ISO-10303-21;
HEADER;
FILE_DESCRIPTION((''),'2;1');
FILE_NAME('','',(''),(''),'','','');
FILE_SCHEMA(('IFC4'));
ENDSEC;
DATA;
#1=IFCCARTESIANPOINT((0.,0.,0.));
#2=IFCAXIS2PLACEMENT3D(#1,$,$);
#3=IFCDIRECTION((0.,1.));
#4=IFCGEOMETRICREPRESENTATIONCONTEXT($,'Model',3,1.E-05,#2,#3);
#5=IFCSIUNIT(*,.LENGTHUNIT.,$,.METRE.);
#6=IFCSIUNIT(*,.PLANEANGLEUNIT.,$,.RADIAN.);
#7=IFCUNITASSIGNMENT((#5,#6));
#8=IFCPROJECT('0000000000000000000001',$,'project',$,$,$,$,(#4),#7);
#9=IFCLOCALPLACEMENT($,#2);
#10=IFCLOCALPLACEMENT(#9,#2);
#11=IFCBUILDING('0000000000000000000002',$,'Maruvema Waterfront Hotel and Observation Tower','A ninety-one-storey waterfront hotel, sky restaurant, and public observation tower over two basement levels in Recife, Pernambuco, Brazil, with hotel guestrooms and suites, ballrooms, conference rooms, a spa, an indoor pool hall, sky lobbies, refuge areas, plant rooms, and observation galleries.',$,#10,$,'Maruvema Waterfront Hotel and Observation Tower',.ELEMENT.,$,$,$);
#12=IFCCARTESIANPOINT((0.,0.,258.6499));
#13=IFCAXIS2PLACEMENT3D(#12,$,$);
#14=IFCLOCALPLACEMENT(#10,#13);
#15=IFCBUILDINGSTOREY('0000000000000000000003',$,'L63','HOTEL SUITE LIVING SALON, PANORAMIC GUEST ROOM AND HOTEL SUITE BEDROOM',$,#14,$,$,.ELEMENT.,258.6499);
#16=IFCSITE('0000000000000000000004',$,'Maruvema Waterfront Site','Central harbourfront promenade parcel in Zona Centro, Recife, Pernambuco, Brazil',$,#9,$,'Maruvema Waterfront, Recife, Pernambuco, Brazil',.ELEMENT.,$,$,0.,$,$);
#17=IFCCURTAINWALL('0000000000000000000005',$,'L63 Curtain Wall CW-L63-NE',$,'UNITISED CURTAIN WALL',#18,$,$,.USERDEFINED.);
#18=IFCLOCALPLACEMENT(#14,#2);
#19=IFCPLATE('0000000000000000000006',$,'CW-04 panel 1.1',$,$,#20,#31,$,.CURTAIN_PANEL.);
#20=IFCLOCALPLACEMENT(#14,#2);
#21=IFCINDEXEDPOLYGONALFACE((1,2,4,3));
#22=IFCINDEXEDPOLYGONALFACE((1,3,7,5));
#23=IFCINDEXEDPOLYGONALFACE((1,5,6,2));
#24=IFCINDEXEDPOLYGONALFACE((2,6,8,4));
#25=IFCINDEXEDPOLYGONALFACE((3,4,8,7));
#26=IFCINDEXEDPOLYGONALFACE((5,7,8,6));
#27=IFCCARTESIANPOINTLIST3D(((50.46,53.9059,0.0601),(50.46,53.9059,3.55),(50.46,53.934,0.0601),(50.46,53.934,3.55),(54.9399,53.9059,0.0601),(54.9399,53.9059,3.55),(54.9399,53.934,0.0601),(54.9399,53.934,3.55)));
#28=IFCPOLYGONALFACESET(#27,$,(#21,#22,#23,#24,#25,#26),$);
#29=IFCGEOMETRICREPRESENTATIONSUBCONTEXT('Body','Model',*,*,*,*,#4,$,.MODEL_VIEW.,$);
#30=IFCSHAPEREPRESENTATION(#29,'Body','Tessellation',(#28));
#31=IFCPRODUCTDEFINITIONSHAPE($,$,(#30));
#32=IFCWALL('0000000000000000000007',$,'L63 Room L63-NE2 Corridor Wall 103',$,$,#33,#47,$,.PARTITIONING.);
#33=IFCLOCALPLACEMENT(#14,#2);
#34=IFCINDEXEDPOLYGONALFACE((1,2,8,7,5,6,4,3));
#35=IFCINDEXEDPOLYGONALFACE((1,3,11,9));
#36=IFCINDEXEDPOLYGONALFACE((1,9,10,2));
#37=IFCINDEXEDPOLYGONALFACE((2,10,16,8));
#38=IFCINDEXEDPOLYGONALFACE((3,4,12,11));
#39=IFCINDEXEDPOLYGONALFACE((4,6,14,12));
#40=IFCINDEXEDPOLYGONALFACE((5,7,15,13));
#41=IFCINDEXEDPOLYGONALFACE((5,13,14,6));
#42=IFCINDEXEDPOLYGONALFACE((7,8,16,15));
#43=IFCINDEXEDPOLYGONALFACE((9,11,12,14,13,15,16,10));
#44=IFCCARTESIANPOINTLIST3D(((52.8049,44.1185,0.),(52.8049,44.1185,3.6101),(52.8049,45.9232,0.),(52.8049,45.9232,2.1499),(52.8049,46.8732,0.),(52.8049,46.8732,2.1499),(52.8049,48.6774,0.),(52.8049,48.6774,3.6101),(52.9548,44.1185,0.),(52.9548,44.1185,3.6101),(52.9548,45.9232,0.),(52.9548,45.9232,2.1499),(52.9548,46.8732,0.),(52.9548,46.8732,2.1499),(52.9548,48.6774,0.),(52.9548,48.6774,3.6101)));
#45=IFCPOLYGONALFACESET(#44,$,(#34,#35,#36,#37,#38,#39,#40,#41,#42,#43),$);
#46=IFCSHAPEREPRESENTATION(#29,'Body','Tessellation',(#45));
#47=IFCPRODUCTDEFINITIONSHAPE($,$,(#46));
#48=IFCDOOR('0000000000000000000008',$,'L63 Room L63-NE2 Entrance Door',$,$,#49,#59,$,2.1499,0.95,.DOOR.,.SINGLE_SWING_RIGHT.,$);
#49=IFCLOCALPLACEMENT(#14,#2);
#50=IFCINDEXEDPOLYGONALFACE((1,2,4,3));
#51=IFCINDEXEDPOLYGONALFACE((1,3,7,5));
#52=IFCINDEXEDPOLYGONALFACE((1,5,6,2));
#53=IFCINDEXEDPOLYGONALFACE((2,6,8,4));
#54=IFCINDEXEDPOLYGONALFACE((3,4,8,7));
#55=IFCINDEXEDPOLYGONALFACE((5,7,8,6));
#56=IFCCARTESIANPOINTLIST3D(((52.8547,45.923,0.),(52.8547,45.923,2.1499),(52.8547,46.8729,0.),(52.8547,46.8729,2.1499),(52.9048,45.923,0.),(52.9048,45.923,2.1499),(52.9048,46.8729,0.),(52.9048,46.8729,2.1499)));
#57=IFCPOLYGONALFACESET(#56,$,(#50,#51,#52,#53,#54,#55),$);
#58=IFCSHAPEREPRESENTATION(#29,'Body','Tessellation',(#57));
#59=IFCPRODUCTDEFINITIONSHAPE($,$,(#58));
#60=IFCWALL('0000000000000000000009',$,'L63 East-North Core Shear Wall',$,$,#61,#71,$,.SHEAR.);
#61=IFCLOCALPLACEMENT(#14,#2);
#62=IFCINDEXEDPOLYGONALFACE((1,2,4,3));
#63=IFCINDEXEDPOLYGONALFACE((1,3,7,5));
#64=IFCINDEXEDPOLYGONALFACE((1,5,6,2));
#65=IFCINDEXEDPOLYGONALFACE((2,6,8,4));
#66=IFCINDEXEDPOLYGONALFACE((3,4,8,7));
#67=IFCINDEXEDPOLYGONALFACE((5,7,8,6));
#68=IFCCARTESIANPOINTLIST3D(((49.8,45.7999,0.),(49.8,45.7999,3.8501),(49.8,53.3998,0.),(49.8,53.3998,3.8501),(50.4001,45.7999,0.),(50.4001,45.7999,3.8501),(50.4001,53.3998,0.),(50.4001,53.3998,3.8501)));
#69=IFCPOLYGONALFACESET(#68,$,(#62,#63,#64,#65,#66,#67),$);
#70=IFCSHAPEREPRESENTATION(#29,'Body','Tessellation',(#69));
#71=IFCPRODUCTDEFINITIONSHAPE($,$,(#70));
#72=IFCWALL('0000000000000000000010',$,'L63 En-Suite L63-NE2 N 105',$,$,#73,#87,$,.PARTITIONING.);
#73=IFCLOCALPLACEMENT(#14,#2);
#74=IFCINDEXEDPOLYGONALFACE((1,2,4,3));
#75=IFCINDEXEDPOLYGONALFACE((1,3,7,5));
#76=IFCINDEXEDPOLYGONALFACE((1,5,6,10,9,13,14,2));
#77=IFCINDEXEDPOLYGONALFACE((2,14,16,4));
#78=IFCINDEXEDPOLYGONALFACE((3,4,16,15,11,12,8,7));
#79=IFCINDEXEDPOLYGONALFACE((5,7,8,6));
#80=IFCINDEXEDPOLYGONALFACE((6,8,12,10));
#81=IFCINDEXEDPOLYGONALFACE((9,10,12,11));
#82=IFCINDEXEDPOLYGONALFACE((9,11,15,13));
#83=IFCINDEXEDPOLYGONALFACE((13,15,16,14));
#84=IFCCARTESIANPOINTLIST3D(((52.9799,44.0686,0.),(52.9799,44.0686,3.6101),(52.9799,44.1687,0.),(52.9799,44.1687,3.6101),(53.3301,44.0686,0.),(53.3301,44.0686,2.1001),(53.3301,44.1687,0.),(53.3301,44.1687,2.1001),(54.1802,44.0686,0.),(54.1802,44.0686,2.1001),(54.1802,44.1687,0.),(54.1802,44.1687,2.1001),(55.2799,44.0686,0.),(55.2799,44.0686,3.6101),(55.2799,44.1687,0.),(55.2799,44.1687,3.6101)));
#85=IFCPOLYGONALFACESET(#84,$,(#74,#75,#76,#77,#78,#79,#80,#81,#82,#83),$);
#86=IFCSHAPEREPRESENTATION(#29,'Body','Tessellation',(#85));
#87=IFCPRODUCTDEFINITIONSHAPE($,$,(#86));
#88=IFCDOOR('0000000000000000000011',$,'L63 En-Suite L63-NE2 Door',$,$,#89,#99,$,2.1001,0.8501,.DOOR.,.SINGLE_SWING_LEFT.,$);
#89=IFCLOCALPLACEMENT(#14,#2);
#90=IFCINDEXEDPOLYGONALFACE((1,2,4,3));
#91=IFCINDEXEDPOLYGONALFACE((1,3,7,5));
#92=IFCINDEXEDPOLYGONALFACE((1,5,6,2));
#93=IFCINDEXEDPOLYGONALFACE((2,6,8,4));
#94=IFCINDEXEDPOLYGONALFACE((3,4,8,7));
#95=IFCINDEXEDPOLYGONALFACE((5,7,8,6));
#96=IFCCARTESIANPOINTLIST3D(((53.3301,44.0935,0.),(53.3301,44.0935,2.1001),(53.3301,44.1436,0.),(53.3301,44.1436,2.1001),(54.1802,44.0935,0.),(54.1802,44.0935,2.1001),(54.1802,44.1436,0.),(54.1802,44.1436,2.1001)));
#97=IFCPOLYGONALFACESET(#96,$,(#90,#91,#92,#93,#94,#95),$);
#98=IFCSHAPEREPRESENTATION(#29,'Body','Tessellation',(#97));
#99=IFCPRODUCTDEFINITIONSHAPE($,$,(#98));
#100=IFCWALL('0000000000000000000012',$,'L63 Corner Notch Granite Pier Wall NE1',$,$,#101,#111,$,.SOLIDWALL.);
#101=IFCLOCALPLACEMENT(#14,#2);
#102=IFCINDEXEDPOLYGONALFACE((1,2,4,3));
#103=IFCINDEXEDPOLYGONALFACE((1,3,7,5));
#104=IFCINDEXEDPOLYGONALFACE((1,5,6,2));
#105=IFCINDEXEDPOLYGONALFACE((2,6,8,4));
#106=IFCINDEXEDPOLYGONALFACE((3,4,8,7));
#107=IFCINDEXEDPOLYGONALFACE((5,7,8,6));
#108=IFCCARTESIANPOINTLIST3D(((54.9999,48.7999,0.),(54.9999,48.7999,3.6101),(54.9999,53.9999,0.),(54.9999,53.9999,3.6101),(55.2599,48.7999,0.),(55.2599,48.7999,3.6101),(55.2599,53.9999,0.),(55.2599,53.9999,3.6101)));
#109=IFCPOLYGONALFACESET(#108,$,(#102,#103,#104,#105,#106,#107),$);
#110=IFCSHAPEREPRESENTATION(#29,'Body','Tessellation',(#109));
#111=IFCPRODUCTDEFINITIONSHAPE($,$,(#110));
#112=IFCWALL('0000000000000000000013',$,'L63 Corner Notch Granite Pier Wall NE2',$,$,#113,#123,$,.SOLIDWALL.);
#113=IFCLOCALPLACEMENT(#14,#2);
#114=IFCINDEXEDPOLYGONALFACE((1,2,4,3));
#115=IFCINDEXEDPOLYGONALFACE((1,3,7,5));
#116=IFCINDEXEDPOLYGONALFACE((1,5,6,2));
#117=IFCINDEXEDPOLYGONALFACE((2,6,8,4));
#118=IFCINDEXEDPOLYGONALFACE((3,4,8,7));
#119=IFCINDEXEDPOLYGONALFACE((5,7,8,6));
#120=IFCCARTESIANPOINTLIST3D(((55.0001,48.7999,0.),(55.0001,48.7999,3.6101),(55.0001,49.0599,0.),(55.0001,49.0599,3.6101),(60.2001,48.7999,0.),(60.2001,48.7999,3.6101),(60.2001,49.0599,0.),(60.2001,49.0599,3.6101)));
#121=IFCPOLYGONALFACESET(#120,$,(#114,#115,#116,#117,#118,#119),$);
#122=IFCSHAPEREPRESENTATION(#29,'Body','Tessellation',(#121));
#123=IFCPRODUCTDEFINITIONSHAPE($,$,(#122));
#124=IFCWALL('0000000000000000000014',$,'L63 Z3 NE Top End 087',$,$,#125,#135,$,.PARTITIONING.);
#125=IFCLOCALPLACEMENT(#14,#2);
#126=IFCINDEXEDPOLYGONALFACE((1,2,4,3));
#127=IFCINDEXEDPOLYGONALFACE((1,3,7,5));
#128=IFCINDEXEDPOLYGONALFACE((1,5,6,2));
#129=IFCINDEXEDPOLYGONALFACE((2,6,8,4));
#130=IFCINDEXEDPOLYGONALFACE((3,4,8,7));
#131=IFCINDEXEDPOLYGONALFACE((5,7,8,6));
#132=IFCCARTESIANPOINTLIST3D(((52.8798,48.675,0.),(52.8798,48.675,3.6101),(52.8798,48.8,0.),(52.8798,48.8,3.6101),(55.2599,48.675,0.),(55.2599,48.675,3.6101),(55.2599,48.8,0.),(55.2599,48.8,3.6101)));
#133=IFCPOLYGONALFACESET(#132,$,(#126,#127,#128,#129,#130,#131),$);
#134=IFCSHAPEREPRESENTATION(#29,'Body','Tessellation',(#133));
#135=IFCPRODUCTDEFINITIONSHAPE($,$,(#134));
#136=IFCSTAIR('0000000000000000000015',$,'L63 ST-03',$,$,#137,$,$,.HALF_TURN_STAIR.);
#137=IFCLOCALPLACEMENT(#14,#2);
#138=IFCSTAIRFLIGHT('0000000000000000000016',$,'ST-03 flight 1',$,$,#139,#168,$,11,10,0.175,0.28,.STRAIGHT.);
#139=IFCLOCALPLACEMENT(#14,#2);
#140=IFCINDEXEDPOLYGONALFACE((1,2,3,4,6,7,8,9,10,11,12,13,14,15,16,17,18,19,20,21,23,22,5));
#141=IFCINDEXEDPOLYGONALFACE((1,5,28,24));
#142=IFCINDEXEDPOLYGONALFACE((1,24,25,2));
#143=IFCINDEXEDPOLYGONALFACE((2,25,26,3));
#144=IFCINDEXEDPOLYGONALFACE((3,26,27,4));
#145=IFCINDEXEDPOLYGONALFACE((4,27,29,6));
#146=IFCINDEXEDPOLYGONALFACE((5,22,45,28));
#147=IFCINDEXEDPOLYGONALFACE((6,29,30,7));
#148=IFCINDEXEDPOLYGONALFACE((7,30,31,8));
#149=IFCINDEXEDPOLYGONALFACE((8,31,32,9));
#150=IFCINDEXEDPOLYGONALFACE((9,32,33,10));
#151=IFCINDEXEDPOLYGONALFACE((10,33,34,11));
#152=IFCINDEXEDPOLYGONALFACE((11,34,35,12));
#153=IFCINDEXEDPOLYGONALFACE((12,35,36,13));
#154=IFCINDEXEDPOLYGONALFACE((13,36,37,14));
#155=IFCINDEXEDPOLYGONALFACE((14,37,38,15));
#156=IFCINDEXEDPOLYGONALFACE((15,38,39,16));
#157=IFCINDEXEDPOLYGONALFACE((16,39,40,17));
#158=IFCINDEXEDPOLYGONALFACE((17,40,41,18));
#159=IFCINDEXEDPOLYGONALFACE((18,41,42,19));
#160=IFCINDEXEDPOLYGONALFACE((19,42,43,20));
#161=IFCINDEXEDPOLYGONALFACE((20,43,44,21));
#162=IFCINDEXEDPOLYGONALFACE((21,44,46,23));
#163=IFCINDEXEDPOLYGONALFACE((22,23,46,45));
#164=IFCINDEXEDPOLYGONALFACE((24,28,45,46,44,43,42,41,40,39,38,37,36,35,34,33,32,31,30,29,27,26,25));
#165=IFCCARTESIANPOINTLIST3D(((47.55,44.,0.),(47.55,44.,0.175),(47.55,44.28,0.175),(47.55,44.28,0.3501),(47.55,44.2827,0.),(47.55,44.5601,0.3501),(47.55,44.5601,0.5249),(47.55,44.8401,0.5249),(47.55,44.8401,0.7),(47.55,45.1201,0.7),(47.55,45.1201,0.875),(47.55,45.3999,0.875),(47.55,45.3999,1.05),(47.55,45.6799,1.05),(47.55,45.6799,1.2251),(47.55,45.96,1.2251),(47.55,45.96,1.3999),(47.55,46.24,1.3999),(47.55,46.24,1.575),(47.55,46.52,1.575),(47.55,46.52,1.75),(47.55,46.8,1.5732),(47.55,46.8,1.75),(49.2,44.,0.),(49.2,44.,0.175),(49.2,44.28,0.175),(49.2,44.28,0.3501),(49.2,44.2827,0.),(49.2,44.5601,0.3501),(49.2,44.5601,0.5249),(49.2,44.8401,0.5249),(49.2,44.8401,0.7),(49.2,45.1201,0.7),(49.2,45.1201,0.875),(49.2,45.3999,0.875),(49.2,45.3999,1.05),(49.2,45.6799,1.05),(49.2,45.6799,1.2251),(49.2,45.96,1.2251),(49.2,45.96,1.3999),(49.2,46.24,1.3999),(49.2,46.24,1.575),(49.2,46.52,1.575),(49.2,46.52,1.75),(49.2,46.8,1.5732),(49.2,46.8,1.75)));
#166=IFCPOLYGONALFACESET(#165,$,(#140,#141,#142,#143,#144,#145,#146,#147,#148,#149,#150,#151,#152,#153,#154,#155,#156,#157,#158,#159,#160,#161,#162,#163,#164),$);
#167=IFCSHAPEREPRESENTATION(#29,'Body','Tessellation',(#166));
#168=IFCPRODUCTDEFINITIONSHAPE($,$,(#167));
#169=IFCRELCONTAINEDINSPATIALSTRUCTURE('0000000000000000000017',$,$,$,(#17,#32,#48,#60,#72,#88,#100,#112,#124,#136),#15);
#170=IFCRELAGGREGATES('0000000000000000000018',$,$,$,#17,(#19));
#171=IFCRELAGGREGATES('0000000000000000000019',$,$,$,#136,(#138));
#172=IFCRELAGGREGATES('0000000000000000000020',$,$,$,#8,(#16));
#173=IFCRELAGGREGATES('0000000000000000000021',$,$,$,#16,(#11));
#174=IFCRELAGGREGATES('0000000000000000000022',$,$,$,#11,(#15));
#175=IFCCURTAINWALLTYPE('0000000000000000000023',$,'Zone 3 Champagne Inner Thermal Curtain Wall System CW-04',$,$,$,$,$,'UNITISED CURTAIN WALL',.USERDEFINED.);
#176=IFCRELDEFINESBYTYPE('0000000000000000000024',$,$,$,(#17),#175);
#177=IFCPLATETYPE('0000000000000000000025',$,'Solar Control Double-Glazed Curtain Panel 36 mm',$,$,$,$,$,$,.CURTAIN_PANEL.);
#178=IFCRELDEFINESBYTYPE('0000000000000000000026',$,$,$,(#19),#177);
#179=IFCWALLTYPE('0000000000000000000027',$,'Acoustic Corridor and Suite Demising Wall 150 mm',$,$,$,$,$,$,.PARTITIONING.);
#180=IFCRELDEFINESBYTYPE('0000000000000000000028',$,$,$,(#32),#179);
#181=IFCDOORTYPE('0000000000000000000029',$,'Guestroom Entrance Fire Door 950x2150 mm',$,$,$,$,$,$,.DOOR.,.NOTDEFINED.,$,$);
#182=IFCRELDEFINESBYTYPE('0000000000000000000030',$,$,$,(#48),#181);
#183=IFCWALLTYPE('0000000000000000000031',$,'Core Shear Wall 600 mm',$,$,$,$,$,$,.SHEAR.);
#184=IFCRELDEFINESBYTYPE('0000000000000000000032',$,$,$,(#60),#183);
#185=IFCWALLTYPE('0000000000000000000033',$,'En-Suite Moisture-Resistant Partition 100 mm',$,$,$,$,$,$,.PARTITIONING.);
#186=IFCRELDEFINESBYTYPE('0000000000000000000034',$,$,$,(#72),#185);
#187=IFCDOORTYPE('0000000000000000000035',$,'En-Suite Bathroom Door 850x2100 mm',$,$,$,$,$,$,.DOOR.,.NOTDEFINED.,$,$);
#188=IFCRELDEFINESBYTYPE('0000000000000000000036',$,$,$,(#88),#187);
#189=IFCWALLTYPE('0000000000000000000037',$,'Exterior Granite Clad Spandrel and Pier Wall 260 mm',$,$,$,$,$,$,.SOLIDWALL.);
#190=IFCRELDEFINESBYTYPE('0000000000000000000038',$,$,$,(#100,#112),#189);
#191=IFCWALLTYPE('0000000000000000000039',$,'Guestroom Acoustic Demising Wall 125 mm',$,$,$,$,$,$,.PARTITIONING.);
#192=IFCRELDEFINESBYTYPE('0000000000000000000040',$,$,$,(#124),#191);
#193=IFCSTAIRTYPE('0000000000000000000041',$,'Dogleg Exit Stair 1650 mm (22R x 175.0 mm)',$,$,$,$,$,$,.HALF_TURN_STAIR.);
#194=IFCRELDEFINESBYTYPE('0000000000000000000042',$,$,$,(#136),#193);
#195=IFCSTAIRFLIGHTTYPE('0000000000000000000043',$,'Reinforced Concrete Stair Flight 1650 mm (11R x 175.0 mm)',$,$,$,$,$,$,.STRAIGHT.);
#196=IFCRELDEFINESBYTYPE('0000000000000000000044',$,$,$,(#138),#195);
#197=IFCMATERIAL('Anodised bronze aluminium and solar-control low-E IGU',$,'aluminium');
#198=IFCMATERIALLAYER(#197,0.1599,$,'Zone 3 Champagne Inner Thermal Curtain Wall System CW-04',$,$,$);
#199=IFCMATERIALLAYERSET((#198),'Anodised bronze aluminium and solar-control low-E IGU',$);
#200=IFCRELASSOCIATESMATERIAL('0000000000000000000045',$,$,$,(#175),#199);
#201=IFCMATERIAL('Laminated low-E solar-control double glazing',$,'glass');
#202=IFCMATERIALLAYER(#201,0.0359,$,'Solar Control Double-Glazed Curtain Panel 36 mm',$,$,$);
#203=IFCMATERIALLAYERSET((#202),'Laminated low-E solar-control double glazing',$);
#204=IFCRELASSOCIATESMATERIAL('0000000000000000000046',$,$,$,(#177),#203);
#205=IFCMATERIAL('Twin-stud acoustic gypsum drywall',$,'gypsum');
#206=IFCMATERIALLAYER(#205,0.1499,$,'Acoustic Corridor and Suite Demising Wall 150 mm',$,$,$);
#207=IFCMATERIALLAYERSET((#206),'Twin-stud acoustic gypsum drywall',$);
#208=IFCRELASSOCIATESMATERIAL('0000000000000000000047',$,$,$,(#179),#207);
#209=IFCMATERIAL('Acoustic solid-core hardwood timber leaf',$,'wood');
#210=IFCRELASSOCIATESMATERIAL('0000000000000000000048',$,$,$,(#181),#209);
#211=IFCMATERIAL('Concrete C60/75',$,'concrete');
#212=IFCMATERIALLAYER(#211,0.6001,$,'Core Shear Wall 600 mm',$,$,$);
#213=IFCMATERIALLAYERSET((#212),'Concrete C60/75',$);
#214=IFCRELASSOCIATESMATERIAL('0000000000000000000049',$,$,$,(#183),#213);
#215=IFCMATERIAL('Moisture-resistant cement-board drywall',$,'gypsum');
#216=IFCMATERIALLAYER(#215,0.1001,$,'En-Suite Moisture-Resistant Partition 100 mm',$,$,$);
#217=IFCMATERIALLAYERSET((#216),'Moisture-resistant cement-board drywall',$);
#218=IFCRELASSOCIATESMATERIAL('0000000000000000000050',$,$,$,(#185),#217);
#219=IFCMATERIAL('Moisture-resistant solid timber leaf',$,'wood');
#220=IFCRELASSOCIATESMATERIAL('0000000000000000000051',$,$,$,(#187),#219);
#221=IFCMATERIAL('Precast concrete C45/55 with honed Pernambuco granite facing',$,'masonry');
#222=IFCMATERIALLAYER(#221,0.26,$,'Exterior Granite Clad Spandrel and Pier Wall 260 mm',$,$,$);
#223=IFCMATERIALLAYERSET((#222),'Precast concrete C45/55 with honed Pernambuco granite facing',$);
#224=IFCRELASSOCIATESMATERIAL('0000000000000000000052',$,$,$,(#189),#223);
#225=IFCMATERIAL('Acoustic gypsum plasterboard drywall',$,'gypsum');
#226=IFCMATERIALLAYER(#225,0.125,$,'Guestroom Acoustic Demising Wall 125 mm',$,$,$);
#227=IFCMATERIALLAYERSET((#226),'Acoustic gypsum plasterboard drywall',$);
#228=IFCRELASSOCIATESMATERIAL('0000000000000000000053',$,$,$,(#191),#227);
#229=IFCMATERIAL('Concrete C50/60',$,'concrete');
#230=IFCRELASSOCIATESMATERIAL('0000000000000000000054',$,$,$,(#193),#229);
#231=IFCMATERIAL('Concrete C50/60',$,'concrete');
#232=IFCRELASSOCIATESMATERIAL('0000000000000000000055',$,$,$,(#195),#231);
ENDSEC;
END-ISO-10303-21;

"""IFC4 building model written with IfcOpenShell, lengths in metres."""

from ifc_helpers import new_model, si_unit, direction, frame, frame_2d, origin, origin_2d, place, context, subcontext, project, spatial, polyline, rectangle, outline, extrude, material, layer, layer_set, type_object, element, fill, aggregate, save


model = new_model("IFC4")

# Units and contexts
model_context = context("Model", 3, precision=1e-05, world=origin(), true_north=direction((0.0, 1.0)))
body_context = subcontext(model_context, "Body", "Model", "MODEL_VIEW")
ifc_project = project(units=[si_unit("LENGTHUNIT", "METRE"), si_unit("PLANEANGLEUNIT", "RADIAN")], contexts=[model_context])

# Site, building, storey
site_placement = place(None, origin())
site = spatial("IfcSite", under=ifc_project, at=site_placement, Name="Maruvema Waterfront Site", Description="Central harbourfront promenade parcel in Zona Centro, Recife, Pernambuco, Brazil", LongName="Maruvema Waterfront, Recife, Pernambuco, Brazil", CompositionType="ELEMENT", RefElevation=0.0)
building_placement = place(site_placement, origin())
building = spatial("IfcBuilding", under=site, at=building_placement, Name="Maruvema Waterfront Hotel and Observation Tower", Description="A ninety-one-storey waterfront hotel, sky restaurant, and public observation tower over two basement levels in Recife, Pernambuco, Brazil, with hotel guestrooms and suites, ballrooms, conference rooms, a spa, an indoor pool hall, sky lobbies, refuge areas, plant rooms, and observation galleries.", LongName="Maruvema Waterfront Hotel and Observation Tower", CompositionType="ELEMENT")
storey_placement = place(building_placement, frame((0.0, 0.0, 258.6499)))
storey = spatial("IfcBuildingStorey", under=building, at=storey_placement, Name="L63", Description="HOTEL SUITE LIVING SALON, PANORAMIC GUEST ROOM AND HOTEL SUITE BEDROOM", CompositionType="ELEMENT", Elevation=258.6499)

# Curtain wall
ifc_material_1 = material(Name="Anodised bronze aluminium and solar-control low-E IGU", Category="aluminium")
ifc_layer_1 = layer(ifc_material_1, 0.1599, Name="Zone 3 Champagne Inner Thermal Curtain Wall System CW-04")
ifc_layer_set_1 = layer_set([ifc_layer_1], Name="Anodised bronze aluminium and solar-control low-E IGU")
curtain_wall_type = type_object("IfcCurtainWallType", Name="Zone 3 Champagne Inner Thermal Curtain Wall System CW-04", ElementType="UNITISED CURTAIN WALL", PredefinedType="USERDEFINED", material=ifc_layer_set_1)
curtain_wall_1_placement = place(storey_placement, origin())
curtain_wall_1 = element("IfcCurtainWall", 1, at=curtain_wall_1_placement, inside=storey, type_object=curtain_wall_type, Name="L63 Curtain Wall CW-L63-NE", ObjectType="UNITISED CURTAIN WALL", PredefinedType="USERDEFINED")

# Plate
ifc_material_2 = material(Name="Laminated low-E solar-control double glazing", Category="glass")
ifc_layer_2 = layer(ifc_material_2, 0.0359, Name="Solar Control Double-Glazed Curtain Panel 36 mm")
ifc_layer_set_2 = layer_set([ifc_layer_2], Name="Laminated low-E solar-control double glazing")
plate_type = type_object("IfcPlateType", Name="Solar Control Double-Glazed Curtain Panel 36 mm", PredefinedType="CURTAIN_PANEL", material=ifc_layer_set_2)
plate_1_placement = place(storey_placement, frame((52.7, 53.9199, 0.0601), z_axis=(0.0, 0.0, 1.0), x_axis=(-1.0, 0.0, 0.0)))
plate_1 = element("IfcPlate", 2, at=plate_1_placement, type_object=plate_type, Name="CW-04 panel 1.1", PredefinedType="CURTAIN_PANEL", context=body_context, shape_type="SweptSolid", body=[
    extrude(rectangle(XDim=4.48, YDim=0.0281, at=origin_2d()), origin(), (0.0, 0.0, 1.0), 3.49),
])
aggregate(curtain_wall_1, [plate_1])

# Wall, opening, door
ifc_material_3 = material(Name="Twin-stud acoustic gypsum drywall", Category="gypsum")
ifc_layer_3 = layer(ifc_material_3, 0.1499, Name="Acoustic Corridor and Suite Demising Wall 150 mm")
ifc_layer_set_3 = layer_set([ifc_layer_3], Name="Twin-stud acoustic gypsum drywall")
wall_type_1 = type_object("IfcWallType", Name="Acoustic Corridor and Suite Demising Wall 150 mm", PredefinedType="PARTITIONING", material=ifc_layer_set_3)
wall_1_placement = place(storey_placement, frame((52.8799, 44.1187, 0.0), z_axis=(0.0, 0.0, 1.0), x_axis=(0.0, 1.0, 0.0)))
wall_1 = element("IfcWall", 3, at=wall_1_placement, inside=storey, type_object=wall_type_1, Name="L63 Room L63-NE2 Corridor Wall 103", PredefinedType="PARTITIONING", context=body_context, shape_type="SweptSolid", body=[
    extrude(rectangle(XDim=4.5588, YDim=0.1499, at=frame_2d((2.2793, 0.0))), origin(), (0.0, 0.0, 1.0), 3.6101),
])
opening_1_placement = place(wall_1_placement, frame((1.8044, 0.0, 0.0)))
opening_1 = element("IfcOpeningElement", 4, at=opening_1_placement, cuts=wall_1, PredefinedType="OPENING", context=body_context, shape_type="SweptSolid", body=[
    extrude(rectangle(XDim=0.95, YDim=2.1499, at=frame_2d((0.4751, 1.075))), frame((0.0, 0.085, 0.0), z_axis=(0.0, -1.0, 0.0), x_axis=(1.0, 0.0, 0.0)), (0.0, 0.0, 1.0), 0.1699),
])
ifc_material_4 = material(Name="Acoustic solid-core hardwood timber leaf", Category="wood")
door_type_1 = type_object("IfcDoorType", Name="Guestroom Entrance Fire Door 950x2150 mm", OperationType="NOTDEFINED", PredefinedType="DOOR", material=ifc_material_4)
door_1_placement = place(opening_1_placement, frame((0.95, 0.0, 0.0), z_axis=(0.0, 0.0, 1.0), x_axis=(-1.0, 0.0, 0.0)))
door_1 = element("IfcDoor", 5, at=door_1_placement, inside=storey, type_object=door_type_1, Name="L63 Room L63-NE2 Entrance Door", OperationType="SINGLE_SWING_RIGHT", OverallHeight=2.1499, OverallWidth=0.95, PredefinedType="DOOR", context=body_context, shape_type="SweptSolid", body=[
    extrude(rectangle(XDim=0.95, YDim=2.1499, at=frame_2d((0.4751, 1.075))), frame((0.0, 0.0249, 0.0), z_axis=(0.0, -1.0, 0.0), x_axis=(1.0, 0.0, 0.0)), (0.0, 0.0, 1.0), 0.05),
])
fill(opening_1, door_1)

# Wall
ifc_material_5 = material(Name="Concrete C60/75", Category="concrete")
ifc_layer_4 = layer(ifc_material_5, 0.6001, Name="Core Shear Wall 600 mm")
ifc_layer_set_4 = layer_set([ifc_layer_4], Name="Concrete C60/75")
wall_type_2 = type_object("IfcWallType", Name="Core Shear Wall 600 mm", PredefinedType="SHEAR", material=ifc_layer_set_4)
wall_2_placement = place(storey_placement, frame((50.1001, 45.8, 0.0), z_axis=(0.0, 0.0, 1.0), x_axis=(0.0, 1.0, 0.0)))
element("IfcWall", 6, at=wall_2_placement, inside=storey, type_object=wall_type_2, Name="L63 East-North Core Shear Wall", PredefinedType="SHEAR", context=body_context, shape_type="SweptSolid", body=[
    extrude(rectangle(XDim=7.5999, YDim=0.6001, at=frame_2d((3.7998, 0.0))), origin(), (0.0, 0.0, 1.0), 3.8501),
])

# Wall, opening, door
ifc_material_6 = material(Name="Moisture-resistant cement-board drywall", Category="gypsum")
ifc_layer_5 = layer(ifc_material_6, 0.1001, Name="En-Suite Moisture-Resistant Partition 100 mm")
ifc_layer_set_5 = layer_set([ifc_layer_5], Name="Moisture-resistant cement-board drywall")
wall_type_3 = type_object("IfcWallType", Name="En-Suite Moisture-Resistant Partition 100 mm", PredefinedType="PARTITIONING", material=ifc_layer_set_5)
wall_3_placement = place(storey_placement, frame((52.98, 44.1187, 0.0), z_axis=(0.0, 0.0, 1.0), x_axis=(1.0, 0.0, 0.0)))
wall_3 = element("IfcWall", 7, at=wall_3_placement, inside=storey, type_object=wall_type_3, Name="L63 En-Suite L63-NE2 N 105", PredefinedType="PARTITIONING", context=body_context, shape_type="SweptSolid", body=[
    extrude(rectangle(XDim=2.3, YDim=0.1001, at=frame_2d((1.1499, 0.0))), origin(), (0.0, 0.0, 1.0), 3.6101),
])
opening_2_placement = place(wall_3_placement, frame((0.3501, 0.0, 0.0)))
opening_2 = element("IfcOpeningElement", 8, at=opening_2_placement, cuts=wall_3, PredefinedType="OPENING", context=body_context, shape_type="SweptSolid", body=[
    extrude(rectangle(XDim=0.8501, YDim=2.1001, at=frame_2d((0.425, 1.05))), frame((0.0, 0.0601, 0.0), z_axis=(0.0, -1.0, 0.0), x_axis=(1.0, 0.0, 0.0)), (0.0, 0.0, 1.0), 0.1201),
])
ifc_material_7 = material(Name="Moisture-resistant solid timber leaf", Category="wood")
door_type_2 = type_object("IfcDoorType", Name="En-Suite Bathroom Door 850x2100 mm", OperationType="NOTDEFINED", PredefinedType="DOOR", material=ifc_material_7)
door_2_placement = place(opening_2_placement, origin())
door_2 = element("IfcDoor", 9, at=door_2_placement, inside=storey, type_object=door_type_2, Name="L63 En-Suite L63-NE2 Door", OperationType="SINGLE_SWING_LEFT", OverallHeight=2.1001, OverallWidth=0.8501, PredefinedType="DOOR", context=body_context, shape_type="SweptSolid", body=[
    extrude(rectangle(XDim=0.8501, YDim=2.1001, at=frame_2d((0.425, 1.05))), frame((0.0, 0.0249, 0.0), z_axis=(0.0, -1.0, 0.0), x_axis=(1.0, 0.0, 0.0)), (0.0, 0.0, 1.0), 0.05),
])
fill(opening_2, door_2)

# Walls
ifc_material_8 = material(Name="Precast concrete C45/55 with honed Pernambuco granite facing", Category="masonry")
ifc_layer_6 = layer(ifc_material_8, 0.26, Name="Exterior Granite Clad Spandrel and Pier Wall 260 mm")
ifc_layer_set_6 = layer_set([ifc_layer_6], Name="Precast concrete C45/55 with honed Pernambuco granite facing")
wall_type_4 = type_object("IfcWallType", Name="Exterior Granite Clad Spandrel and Pier Wall 260 mm", PredefinedType="SOLIDWALL", material=ifc_layer_set_6)
for number, where, z_axis, x_axis, name in (
    (10, (55.1299, 54.0, 0.0), (0.0, 0.0, 1.0), (0.0, -1.0, 0.0), "L63 Corner Notch Granite Pier Wall NE1"),
    (11, (55.0, 48.9299, 0.0), (0.0, 0.0, 1.0), (1.0, 0.0, 0.0), "L63 Corner Notch Granite Pier Wall NE2"),
):
    element("IfcWall", number, at=place(storey_placement, frame(where, z_axis=z_axis, x_axis=x_axis)), inside=storey, type_object=wall_type_4, Name=name, PredefinedType="SOLIDWALL", context=body_context, shape_type="SweptSolid", body=[
        extrude(rectangle(XDim=5.2, YDim=0.26, at=frame_2d((2.6001, 0.0))), origin(), (0.0, 0.0, 1.0), 3.6101),
    ])
ifc_material_9 = material(Name="Acoustic gypsum plasterboard drywall", Category="gypsum")
ifc_layer_7 = layer(ifc_material_9, 0.125, Name="Guestroom Acoustic Demising Wall 125 mm")
ifc_layer_set_7 = layer_set([ifc_layer_7], Name="Acoustic gypsum plasterboard drywall")
wall_type_5 = type_object("IfcWallType", Name="Guestroom Acoustic Demising Wall 125 mm", PredefinedType="PARTITIONING", material=ifc_layer_set_7)
wall_4_placement = place(storey_placement, frame((52.8799, 48.7375, 0.0), z_axis=(0.0, 0.0, 1.0), x_axis=(1.0, 0.0, 0.0)))
element("IfcWall", 12, at=wall_4_placement, inside=storey, type_object=wall_type_5, Name="L63 Z3 NE Top End 087", PredefinedType="PARTITIONING", context=body_context, shape_type="SweptSolid", body=[
    extrude(rectangle(XDim=2.3801, YDim=0.125, at=frame_2d((1.1899, 0.0))), origin(), (0.0, 0.0, 1.0), 3.6101),
])

# Stair, stair flight
ifc_material_10 = material(Name="Concrete C50/60", Category="concrete")
stair_type = type_object("IfcStairType", Name="Dogleg Exit Stair 1650 mm (22R x 175.0 mm)", PredefinedType="HALF_TURN_STAIR", material=ifc_material_10)
stair_placement = place(storey_placement, origin())
stair = element("IfcStair", 13, at=stair_placement, inside=storey, type_object=stair_type, Name="L63 ST-03", PredefinedType="HALF_TURN_STAIR")
ifc_material_11 = material(Name="Concrete C50/60", Category="concrete")
stair_flight_type = type_object("IfcStairFlightType", Name="Reinforced Concrete Stair Flight 1650 mm (11R x 175.0 mm)", PredefinedType="STRAIGHT", material=ifc_material_11)
stair_flight_placement = place(storey_placement, frame((48.375, 44.0, 0.0), z_axis=(0.0, 0.0, 1.0), x_axis=(0.0, 1.0, 0.0)))
stair_flight = element("IfcStairFlight", 14, at=stair_flight_placement, type_object=stair_flight_type, Name="ST-03 flight 1", NumberOfRisers=11, NumberOfTreads=10, PredefinedType="STRAIGHT", RiserHeight=0.175, TreadLength=0.28, context=body_context, shape_type="SweptSolid", body=[
    extrude(outline(polyline([(0.0, 0.0), (0.0, 0.175), (0.28, 0.175), (0.28, 0.3501), (0.5601, 0.3501), (0.5601, 0.5249), (0.8401, 0.5249), (0.8401, 0.7), (1.1201, 0.7), (1.1201, 0.875), (1.3999, 0.875), (1.3999, 1.05), (1.6799, 1.05), (1.6799, 1.2251), (1.96, 1.2251), (1.96, 1.3999), (2.24, 1.3999), (2.24, 1.575), (2.52, 1.575), (2.52, 1.75), (2.8, 1.75), (2.8, 1.925), (2.8, 1.5732), (0.2827, 0.0), (0.0, 0.0)])), frame((0.0, 0.825, 0.0), z_axis=(0.0, -1.0, 0.0), x_axis=(1.0, 0.0, 0.0)), (0.0, 0.0, 1.0), 1.6499),
])
aggregate(stair, [stair_flight])

save(model, "model.ifc")
